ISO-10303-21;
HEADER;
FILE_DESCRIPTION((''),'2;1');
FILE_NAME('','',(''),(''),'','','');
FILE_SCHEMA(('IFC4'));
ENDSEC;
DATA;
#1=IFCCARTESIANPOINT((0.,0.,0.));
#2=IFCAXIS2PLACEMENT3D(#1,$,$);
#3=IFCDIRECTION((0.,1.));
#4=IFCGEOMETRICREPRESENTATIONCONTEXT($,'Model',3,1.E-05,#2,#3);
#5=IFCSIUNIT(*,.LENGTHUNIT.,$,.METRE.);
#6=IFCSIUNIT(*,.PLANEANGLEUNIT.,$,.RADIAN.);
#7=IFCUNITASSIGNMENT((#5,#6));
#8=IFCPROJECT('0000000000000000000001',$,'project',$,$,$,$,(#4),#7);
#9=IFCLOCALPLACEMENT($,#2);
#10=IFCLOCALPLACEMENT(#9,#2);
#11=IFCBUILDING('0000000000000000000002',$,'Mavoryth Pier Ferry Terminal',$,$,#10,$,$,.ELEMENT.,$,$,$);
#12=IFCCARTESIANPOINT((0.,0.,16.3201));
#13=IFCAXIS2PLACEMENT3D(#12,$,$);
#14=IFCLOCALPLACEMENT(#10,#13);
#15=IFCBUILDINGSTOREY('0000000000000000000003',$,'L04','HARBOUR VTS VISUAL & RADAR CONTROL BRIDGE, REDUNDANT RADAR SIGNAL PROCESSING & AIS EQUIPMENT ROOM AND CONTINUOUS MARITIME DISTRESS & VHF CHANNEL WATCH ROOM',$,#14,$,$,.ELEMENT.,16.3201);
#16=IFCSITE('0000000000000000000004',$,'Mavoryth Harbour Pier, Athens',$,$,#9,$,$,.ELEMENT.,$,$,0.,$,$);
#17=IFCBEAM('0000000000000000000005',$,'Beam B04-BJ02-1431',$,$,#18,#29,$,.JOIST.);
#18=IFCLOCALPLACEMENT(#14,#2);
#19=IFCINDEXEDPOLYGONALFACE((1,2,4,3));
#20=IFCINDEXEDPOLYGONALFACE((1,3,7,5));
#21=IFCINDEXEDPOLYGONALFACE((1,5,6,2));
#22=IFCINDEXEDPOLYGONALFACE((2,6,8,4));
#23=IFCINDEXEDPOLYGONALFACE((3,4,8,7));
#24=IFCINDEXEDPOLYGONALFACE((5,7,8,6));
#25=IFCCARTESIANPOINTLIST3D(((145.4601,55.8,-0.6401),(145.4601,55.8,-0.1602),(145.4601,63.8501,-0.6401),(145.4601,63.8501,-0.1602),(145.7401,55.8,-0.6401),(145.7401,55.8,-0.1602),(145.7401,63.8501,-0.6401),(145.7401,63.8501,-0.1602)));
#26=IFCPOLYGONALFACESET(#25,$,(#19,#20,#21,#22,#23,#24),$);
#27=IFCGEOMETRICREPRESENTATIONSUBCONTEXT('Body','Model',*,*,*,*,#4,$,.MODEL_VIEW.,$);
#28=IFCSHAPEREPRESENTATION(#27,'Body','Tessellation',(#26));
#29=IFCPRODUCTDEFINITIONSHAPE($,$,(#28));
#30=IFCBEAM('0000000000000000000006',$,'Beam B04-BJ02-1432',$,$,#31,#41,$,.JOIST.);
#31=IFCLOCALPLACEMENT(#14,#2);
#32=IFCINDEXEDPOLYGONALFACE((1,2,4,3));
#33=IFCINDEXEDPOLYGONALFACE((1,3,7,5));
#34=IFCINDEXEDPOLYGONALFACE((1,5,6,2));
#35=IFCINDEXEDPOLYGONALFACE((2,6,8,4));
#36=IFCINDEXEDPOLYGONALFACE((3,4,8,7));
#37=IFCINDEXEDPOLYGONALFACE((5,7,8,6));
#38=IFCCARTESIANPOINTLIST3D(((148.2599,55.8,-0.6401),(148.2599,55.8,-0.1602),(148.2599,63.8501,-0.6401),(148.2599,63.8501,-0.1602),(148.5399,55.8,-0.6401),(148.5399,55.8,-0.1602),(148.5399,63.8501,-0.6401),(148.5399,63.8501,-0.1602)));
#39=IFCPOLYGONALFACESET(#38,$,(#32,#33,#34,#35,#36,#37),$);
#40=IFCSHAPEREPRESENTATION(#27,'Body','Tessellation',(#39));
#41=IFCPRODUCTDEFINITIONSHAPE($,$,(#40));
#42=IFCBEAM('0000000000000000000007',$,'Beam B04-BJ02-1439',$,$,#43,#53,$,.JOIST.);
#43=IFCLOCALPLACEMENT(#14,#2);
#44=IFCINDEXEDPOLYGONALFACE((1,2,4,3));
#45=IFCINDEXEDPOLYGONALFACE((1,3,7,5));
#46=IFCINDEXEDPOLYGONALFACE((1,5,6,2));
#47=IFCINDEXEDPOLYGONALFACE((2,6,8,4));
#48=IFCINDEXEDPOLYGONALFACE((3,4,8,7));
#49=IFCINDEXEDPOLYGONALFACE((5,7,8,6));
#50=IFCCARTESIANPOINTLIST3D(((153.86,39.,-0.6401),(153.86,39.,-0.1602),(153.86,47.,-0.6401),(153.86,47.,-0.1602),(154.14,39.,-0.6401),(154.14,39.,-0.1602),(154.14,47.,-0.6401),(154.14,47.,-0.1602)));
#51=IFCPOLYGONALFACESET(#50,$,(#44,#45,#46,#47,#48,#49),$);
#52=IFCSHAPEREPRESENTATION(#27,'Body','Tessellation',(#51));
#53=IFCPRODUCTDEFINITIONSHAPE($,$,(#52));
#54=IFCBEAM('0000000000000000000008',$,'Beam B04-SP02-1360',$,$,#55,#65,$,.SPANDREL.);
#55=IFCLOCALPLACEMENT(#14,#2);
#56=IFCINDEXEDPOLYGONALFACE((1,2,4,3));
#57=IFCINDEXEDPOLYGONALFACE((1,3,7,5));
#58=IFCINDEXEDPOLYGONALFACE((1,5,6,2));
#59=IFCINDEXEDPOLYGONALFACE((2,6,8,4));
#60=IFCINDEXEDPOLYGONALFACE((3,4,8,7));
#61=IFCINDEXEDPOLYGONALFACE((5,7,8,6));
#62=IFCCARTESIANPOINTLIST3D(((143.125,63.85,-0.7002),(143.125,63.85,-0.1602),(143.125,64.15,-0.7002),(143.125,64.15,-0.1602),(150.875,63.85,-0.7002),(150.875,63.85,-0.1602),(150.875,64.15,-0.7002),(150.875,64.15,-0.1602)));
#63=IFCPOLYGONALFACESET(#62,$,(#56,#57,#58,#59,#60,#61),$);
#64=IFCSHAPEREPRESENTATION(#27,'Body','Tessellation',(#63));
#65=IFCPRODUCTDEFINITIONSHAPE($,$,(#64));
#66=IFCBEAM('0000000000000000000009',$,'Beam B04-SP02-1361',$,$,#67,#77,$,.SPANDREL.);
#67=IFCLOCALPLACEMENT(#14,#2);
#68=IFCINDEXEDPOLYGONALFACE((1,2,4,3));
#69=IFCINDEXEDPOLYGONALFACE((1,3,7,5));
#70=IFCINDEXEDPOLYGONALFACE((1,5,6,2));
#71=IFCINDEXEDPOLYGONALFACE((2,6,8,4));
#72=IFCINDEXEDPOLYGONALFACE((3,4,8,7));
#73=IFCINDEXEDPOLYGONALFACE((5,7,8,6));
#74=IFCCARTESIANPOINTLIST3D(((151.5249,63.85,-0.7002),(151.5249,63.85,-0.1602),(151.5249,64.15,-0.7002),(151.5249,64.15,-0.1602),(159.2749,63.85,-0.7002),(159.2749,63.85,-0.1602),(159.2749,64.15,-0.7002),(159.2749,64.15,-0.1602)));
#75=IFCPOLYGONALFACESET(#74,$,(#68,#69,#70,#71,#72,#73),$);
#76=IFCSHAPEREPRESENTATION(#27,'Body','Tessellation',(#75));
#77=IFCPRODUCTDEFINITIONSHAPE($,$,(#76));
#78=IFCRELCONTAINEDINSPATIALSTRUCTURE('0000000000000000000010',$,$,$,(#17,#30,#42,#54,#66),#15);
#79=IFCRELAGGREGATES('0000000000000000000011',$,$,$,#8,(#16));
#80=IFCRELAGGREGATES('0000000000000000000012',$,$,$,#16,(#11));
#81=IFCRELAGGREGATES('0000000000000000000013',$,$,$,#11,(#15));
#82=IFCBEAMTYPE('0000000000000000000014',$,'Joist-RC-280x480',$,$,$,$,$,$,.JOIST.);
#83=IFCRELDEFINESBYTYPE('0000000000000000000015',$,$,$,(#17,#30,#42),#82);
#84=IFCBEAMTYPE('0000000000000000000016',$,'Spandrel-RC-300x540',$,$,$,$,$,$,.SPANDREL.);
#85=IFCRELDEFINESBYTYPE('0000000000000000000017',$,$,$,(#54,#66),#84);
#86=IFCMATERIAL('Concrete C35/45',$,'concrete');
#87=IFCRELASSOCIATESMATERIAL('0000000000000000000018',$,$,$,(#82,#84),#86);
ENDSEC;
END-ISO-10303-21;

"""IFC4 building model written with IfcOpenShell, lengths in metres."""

from ifc_helpers import new_model, si_unit, direction, frame, origin, origin_2d, place, context, subcontext, project, spatial, rectangle, extrude, material, material_profile, profile_set, type_object, element, save


model = new_model("IFC4")

# Units and contexts
model_context = context("Model", 3, precision=1e-05, world=origin(), true_north=direction((0.0, 1.0)))
body_context = subcontext(model_context, "Body", "Model", "MODEL_VIEW")
ifc_project = project(units=[si_unit("LENGTHUNIT", "METRE"), si_unit("PLANEANGLEUNIT", "RADIAN")], contexts=[model_context])

# Site, building, storey
site_placement = place(None, origin())
site = spatial("IfcSite", under=ifc_project, at=site_placement, Name="Mavoryth Harbour Pier, Athens", CompositionType="ELEMENT", RefElevation=0.0)
building_placement = place(site_placement, origin())
building = spatial("IfcBuilding", under=site, at=building_placement, Name="Mavoryth Pier Ferry Terminal", CompositionType="ELEMENT")
storey_placement = place(building_placement, frame((0.0, 0.0, 16.3201)))
storey = spatial("IfcBuildingStorey", under=building, at=storey_placement, Name="L04", Description="HARBOUR VTS VISUAL & RADAR CONTROL BRIDGE, REDUNDANT RADAR SIGNAL PROCESSING & AIS EQUIPMENT ROOM AND CONTINUOUS MARITIME DISTRESS & VHF CHANNEL WATCH ROOM", CompositionType="ELEMENT", Elevation=16.3201)

# Beams
ifc_material = material(Name="Concrete C35/45", Category="concrete")
ifc_material_profile_1 = material_profile(ifc_material, rectangle(XDim=0.28, YDim=0.48, at=origin_2d()), Name="RC 280x480", Category="concrete")
ifc_profile_set_1 = profile_set([ifc_material_profile_1], Name="Concrete C35/45 - RC 280x480")
beam_type_1 = type_object("IfcBeamType", Name="Joist-RC-280x480", PredefinedType="JOIST", material=ifc_profile_set_1)
for number, where, z_axis, x_axis, name in (
    (1, (145.6001, 55.8, -0.4001), (0.0, 1.0, 0.0), (-1.0, 0.0, 0.0), "Beam B04-BJ02-1431"),
    (2, (148.3999, 55.8, -0.4001), (0.0, 1.0, 0.0), (-1.0, 0.0, 0.0), "Beam B04-BJ02-1432"),
):
    element("IfcBeam", number, at=place(storey_placement, frame(where, z_axis=z_axis, x_axis=x_axis)), inside=storey, type_object=beam_type_1, Name=name, PredefinedType="JOIST", context=body_context, shape_type="SweptSolid", body=[
        extrude(rectangle(XDim=0.28, YDim=0.48, at=origin_2d()), origin(), (0.0, 0.0, 1.0), 8.05),
    ])
beam_1_placement = place(storey_placement, frame((154.0, 39.0, -0.4001), z_axis=(0.0, 1.0, 0.0), x_axis=(-1.0, 0.0, 0.0)))
element("IfcBeam", 3, at=beam_1_placement, inside=storey, type_object=beam_type_1, Name="Beam B04-BJ02-1439", PredefinedType="JOIST", context=body_context, shape_type="SweptSolid", body=[
    extrude(rectangle(XDim=0.28, YDim=0.48, at=origin_2d()), origin(), (0.0, 0.0, 1.0), 8.0),
])
ifc_material_profile_2 = material_profile(ifc_material, rectangle(XDim=0.3, YDim=0.54, at=origin_2d()), Name="RC 300x540", Category="concrete")
ifc_profile_set_2 = profile_set([ifc_material_profile_2], Name="Concrete C35/45 - RC 300x540")
beam_type_2 = type_object("IfcBeamType", Name="Spandrel-RC-300x540", PredefinedType="SPANDREL", material=ifc_profile_set_2)
for number, where, z_axis, x_axis, name in (
    (4, (143.125, 64.0, -0.4302), (1.0, 0.0, 0.0), (0.0, 1.0, 0.0), "Beam B04-SP02-1360"),
    (5, (151.5249, 64.0, -0.4302), (1.0, 0.0, 0.0), (0.0, 1.0, 0.0), "Beam B04-SP02-1361"),
):
    element("IfcBeam", number, at=place(storey_placement, frame(where, z_axis=z_axis, x_axis=x_axis)), inside=storey, type_object=beam_type_2, Name=name, PredefinedType="SPANDREL", context=body_context, shape_type="SweptSolid", body=[
        extrude(rectangle(XDim=0.3, YDim=0.54, at=origin_2d()), origin(), (0.0, 0.0, 1.0), 7.75),
    ])

save(model, "model.ifc")
